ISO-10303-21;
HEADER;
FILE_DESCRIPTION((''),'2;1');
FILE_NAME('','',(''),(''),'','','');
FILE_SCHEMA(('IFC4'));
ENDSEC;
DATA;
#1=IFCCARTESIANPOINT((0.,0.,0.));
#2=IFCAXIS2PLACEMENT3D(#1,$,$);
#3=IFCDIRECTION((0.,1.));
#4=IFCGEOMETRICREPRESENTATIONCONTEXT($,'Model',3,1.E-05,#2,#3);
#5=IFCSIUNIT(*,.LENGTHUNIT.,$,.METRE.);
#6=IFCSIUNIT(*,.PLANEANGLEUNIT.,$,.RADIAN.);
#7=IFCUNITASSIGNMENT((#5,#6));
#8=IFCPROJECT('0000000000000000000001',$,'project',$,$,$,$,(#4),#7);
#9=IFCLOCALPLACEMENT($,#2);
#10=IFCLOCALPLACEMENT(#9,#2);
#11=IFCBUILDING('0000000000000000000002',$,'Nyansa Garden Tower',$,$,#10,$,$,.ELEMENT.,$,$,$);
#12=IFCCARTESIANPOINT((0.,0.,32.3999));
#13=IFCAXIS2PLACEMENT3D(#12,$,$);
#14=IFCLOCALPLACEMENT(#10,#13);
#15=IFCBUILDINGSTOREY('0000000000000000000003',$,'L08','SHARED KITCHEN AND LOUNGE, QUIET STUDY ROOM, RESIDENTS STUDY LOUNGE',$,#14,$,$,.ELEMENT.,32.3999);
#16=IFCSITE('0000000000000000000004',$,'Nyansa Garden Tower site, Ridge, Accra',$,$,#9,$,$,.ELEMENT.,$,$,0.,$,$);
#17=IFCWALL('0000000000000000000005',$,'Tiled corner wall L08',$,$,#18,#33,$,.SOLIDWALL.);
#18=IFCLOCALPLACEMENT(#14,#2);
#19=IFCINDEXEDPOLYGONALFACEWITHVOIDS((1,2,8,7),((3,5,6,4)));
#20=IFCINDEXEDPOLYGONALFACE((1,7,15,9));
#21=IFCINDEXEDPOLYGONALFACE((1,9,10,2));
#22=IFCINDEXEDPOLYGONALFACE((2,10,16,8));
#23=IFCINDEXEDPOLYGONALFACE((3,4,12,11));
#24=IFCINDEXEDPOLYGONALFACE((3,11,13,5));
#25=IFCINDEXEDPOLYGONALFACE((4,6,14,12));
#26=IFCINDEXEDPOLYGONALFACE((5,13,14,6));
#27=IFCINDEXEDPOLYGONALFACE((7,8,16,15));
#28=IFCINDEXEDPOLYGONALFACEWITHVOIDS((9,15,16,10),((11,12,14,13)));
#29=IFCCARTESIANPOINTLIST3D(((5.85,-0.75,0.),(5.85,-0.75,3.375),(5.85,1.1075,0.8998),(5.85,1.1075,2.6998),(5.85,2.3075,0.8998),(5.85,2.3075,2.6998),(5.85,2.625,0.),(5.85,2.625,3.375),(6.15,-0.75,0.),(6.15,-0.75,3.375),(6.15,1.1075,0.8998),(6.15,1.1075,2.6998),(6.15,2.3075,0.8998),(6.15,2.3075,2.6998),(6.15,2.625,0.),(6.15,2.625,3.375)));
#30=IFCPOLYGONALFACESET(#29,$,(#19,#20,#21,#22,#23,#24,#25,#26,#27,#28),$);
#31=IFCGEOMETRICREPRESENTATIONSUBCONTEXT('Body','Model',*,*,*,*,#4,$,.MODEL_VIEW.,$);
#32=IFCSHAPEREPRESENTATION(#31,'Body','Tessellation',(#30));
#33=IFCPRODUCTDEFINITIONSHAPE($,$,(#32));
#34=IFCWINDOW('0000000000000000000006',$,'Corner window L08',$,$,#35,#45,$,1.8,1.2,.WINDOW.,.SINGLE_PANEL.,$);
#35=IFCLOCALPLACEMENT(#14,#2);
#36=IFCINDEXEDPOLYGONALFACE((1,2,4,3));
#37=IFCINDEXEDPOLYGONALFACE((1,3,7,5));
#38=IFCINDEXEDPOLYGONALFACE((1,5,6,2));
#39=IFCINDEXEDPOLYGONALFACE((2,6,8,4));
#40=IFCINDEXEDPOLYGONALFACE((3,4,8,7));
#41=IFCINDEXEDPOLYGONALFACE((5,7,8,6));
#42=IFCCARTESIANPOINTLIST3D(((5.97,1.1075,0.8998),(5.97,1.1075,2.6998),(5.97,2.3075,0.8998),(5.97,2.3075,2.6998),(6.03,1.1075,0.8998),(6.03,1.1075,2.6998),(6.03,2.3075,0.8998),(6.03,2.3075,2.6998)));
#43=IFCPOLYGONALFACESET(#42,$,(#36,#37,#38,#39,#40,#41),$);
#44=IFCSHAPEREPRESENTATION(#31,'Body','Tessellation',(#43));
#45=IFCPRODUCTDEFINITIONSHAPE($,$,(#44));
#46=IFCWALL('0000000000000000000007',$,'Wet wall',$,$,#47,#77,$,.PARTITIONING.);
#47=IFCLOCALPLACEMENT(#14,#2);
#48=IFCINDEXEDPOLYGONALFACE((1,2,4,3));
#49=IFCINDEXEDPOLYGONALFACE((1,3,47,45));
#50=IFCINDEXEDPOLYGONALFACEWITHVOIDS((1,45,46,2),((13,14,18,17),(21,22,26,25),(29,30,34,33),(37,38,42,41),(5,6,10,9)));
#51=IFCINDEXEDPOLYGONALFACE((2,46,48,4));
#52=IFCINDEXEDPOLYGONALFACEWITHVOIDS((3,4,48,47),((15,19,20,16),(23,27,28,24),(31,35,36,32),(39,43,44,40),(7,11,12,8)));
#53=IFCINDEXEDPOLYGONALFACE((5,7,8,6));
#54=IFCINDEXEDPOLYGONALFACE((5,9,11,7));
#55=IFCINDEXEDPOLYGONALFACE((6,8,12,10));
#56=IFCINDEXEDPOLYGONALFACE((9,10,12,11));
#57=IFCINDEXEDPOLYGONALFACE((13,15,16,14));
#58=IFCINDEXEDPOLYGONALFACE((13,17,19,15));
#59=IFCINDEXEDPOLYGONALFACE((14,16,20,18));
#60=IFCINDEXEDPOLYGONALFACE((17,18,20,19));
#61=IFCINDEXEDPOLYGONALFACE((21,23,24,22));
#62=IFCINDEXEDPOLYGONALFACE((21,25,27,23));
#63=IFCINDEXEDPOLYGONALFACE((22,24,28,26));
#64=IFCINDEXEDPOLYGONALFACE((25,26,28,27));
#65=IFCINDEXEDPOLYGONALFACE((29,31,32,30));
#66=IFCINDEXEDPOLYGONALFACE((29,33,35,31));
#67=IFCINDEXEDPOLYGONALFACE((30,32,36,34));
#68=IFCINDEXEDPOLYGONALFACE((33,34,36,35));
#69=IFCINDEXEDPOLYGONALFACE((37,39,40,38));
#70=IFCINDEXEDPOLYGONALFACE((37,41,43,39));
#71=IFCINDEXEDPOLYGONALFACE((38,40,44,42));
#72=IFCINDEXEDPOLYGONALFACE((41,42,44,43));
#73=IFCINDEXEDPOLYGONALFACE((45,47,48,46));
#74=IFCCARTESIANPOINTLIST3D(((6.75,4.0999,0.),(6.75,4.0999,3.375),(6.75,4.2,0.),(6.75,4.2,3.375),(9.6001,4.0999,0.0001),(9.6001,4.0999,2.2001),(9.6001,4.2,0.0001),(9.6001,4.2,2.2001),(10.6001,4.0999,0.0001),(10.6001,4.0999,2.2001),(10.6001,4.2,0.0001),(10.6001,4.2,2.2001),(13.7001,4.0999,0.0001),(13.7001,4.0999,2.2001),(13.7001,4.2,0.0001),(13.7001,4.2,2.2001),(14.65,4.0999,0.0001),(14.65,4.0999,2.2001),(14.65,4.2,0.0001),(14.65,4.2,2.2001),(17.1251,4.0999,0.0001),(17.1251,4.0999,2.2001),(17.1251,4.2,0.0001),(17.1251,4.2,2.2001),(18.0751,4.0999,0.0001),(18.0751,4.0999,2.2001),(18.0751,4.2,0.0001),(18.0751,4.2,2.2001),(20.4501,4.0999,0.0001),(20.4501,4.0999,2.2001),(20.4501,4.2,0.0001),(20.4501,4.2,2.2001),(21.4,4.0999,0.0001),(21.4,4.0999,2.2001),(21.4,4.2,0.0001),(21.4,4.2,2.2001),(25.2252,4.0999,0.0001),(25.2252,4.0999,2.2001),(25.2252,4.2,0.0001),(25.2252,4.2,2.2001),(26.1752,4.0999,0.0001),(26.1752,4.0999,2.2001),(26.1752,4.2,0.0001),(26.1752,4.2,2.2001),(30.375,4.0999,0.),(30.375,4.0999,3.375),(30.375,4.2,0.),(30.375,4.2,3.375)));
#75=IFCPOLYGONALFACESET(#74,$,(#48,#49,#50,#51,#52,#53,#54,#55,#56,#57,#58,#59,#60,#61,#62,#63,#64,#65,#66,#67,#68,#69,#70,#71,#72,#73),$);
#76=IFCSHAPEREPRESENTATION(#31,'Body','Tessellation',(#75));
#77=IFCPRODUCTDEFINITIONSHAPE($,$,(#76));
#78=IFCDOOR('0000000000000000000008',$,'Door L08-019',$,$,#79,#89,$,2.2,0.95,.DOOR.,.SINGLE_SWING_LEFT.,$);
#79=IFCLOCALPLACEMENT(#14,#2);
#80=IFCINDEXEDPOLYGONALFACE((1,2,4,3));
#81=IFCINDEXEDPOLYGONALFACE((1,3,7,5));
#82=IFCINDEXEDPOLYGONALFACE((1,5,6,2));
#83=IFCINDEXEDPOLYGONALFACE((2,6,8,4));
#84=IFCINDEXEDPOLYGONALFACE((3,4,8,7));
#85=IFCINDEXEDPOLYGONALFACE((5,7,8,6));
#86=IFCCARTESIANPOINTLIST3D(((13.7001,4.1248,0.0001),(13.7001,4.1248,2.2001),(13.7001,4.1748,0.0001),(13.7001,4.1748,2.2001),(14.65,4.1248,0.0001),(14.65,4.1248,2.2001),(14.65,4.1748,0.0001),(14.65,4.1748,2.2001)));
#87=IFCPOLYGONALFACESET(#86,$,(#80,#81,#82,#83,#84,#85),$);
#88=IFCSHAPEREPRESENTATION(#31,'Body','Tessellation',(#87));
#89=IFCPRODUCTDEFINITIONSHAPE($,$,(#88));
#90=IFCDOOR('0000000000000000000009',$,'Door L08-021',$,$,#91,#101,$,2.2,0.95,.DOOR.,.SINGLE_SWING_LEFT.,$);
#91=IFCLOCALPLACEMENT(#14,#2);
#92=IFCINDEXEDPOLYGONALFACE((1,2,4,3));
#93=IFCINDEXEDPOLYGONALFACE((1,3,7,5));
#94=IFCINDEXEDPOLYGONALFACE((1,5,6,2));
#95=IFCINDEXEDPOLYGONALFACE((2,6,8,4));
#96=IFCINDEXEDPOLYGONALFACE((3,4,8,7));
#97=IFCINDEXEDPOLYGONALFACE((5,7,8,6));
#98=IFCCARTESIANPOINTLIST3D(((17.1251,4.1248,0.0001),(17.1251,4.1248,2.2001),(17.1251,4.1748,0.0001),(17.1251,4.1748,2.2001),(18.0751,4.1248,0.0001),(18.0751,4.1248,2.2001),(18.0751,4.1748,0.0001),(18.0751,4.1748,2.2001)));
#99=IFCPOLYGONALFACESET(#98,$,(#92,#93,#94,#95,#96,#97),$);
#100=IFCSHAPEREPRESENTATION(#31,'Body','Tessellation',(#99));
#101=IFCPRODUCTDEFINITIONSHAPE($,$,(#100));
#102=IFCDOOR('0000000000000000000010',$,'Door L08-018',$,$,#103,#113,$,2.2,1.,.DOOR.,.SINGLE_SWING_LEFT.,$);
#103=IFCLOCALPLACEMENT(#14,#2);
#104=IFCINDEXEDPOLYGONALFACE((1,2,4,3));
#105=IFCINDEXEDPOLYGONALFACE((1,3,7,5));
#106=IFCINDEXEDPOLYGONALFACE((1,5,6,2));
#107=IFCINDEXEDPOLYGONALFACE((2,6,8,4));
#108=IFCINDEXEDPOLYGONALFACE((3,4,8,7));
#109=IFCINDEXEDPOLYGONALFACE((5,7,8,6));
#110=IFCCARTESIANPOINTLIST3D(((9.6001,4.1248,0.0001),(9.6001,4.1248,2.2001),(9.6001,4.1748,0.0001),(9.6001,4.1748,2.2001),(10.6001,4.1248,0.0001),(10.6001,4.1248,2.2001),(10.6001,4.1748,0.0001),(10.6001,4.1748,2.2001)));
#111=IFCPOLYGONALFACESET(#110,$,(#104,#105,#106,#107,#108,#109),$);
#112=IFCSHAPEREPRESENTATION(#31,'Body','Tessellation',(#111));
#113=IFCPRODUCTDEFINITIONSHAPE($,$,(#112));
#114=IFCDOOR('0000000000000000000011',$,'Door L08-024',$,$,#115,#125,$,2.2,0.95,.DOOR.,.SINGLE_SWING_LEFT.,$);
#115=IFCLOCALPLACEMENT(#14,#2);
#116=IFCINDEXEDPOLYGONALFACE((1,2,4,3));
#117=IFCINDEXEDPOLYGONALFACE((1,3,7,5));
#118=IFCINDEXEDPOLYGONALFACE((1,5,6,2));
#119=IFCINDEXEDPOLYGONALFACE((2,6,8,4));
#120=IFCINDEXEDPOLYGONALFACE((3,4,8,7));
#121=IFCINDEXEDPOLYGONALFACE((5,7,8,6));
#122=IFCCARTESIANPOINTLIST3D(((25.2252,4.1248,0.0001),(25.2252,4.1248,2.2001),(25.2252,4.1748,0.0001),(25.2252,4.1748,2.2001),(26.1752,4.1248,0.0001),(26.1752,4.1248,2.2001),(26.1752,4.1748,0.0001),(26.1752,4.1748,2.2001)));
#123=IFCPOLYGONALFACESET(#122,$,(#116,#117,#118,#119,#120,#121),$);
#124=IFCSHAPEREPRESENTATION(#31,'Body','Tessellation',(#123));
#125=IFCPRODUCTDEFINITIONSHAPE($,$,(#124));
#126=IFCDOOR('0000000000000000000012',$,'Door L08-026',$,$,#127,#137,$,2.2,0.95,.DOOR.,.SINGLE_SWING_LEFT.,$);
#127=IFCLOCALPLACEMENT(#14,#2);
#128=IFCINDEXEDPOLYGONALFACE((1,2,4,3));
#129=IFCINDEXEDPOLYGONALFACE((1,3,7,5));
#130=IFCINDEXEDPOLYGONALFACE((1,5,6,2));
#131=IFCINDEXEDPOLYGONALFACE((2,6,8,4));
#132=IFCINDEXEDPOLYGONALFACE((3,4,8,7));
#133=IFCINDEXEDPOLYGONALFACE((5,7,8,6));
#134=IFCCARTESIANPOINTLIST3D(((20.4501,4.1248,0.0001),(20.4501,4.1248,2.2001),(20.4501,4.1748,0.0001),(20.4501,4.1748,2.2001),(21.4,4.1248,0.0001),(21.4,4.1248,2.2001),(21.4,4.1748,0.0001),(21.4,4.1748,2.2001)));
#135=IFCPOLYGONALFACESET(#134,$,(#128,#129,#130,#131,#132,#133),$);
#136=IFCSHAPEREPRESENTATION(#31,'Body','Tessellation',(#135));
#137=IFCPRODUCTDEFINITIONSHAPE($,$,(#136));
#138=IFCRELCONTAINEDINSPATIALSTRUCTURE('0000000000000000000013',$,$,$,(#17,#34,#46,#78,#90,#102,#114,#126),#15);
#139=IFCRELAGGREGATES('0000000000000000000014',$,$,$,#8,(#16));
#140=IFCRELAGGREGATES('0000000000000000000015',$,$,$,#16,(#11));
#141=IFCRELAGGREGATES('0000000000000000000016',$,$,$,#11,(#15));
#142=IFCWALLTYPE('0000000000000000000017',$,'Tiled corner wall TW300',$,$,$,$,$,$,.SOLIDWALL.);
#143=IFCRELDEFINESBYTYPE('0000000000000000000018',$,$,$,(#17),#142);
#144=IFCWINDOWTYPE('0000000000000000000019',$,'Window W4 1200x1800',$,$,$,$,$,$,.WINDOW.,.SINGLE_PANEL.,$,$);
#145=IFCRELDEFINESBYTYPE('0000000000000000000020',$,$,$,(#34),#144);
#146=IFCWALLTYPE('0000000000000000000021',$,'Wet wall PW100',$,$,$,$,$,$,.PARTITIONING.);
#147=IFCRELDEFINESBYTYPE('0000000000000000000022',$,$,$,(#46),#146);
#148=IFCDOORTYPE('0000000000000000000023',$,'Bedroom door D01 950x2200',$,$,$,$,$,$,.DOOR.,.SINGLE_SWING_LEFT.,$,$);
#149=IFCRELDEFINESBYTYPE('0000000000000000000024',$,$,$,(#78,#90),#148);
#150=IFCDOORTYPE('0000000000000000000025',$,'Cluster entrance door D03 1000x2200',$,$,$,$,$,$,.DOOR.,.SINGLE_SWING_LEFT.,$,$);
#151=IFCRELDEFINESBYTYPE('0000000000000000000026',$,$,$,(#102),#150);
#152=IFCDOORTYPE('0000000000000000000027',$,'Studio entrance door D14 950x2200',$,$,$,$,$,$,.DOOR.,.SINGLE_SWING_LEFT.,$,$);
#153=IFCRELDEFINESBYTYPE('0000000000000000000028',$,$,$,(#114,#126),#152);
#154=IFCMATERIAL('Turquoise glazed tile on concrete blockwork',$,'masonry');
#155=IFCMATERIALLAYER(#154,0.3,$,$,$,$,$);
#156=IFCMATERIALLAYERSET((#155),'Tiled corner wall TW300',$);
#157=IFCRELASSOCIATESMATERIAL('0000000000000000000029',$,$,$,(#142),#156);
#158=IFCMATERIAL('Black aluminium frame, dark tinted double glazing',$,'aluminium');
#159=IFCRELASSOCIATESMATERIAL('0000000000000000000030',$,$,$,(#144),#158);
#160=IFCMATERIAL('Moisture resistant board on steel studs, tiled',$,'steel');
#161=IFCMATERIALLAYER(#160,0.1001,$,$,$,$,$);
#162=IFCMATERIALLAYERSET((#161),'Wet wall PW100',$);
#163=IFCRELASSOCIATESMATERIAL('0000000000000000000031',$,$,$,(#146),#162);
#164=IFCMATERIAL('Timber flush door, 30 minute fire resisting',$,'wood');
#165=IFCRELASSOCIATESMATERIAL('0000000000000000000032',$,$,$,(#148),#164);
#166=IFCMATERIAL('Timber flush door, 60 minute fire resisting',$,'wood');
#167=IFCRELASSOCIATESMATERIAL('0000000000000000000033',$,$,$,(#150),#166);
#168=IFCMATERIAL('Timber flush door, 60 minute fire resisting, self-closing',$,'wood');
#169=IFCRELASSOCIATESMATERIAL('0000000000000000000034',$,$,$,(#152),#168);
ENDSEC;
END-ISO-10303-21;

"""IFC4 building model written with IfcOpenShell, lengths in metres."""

from ifc_helpers import new_model, si_unit, direction, frame, frame_2d, origin, place, context, subcontext, project, spatial, rectangle, extrude, material, layer, layer_set, type_object, element, fill, save


model = new_model("IFC4")

# Units and contexts
model_context = context("Model", 3, precision=1e-05, world=origin(), true_north=direction((0.0, 1.0)))
body_context = subcontext(model_context, "Body", "Model", "MODEL_VIEW")
ifc_project = project(units=[si_unit("LENGTHUNIT", "METRE"), si_unit("PLANEANGLEUNIT", "RADIAN")], contexts=[model_context])

# Site, building, storey
site_placement = place(None, origin())
site = spatial("IfcSite", under=ifc_project, at=site_placement, Name="Nyansa Garden Tower site, Ridge, Accra", CompositionType="ELEMENT", RefElevation=0.0)
building_placement = place(site_placement, origin())
building = spatial("IfcBuilding", under=site, at=building_placement, Name="Nyansa Garden Tower", CompositionType="ELEMENT")
storey_placement = place(building_placement, frame((0.0, 0.0, 32.3999)))
storey = spatial("IfcBuildingStorey", under=building, at=storey_placement, Name="L08", Description="SHARED KITCHEN AND LOUNGE, QUIET STUDY ROOM, RESIDENTS STUDY LOUNGE", CompositionType="ELEMENT", Elevation=32.3999)

# Wall, opening, window
ifc_material_1 = material(Name="Turquoise glazed tile on concrete blockwork", Category="masonry")
ifc_layer_1 = layer(ifc_material_1, 0.3)
ifc_layer_set_1 = layer_set([ifc_layer_1], Name="Tiled corner wall TW300")
wall_type_1 = type_object("IfcWallType", Name="Tiled corner wall TW300", PredefinedType="SOLIDWALL", material=ifc_layer_set_1)
wall_1_placement = place(storey_placement, frame((6.0, 2.625, 0.0), z_axis=(0.0, 0.0, 1.0), x_axis=(0.0, -1.0, 0.0)))
wall_1 = element("IfcWall", 1, at=wall_1_placement, inside=storey, type_object=wall_type_1, Name="Tiled corner wall L08", PredefinedType="SOLIDWALL", context=body_context, shape_type="SweptSolid", body=[
    extrude(rectangle(XDim=3.375, YDim=0.3, at=frame_2d((1.6875, 0.0))), origin(), (0.0, 0.0, 1.0), 3.375),
])
opening_1_placement = place(wall_1_placement, frame((0.3174, 0.0, 0.8999)))
opening_1 = element("IfcOpeningElement", 2, at=opening_1_placement, cuts=wall_1, PredefinedType="OPENING", context=body_context, shape_type="SweptSolid", body=[
    extrude(rectangle(XDim=1.2, YDim=1.8, at=frame_2d((0.6001, 0.8999))), frame((0.0, 0.1599, 0.0), z_axis=(0.0, -1.0, 0.0), x_axis=(1.0, 0.0, 0.0)), (0.0, 0.0, 1.0), 0.3201),
])
ifc_material_2 = material(Name="Black aluminium frame, dark tinted double glazing", Category="aluminium")
window_type_1 = type_object("IfcWindowType", Name="Window W4 1200x1800", PartitioningType="SINGLE_PANEL", PredefinedType="WINDOW", material=ifc_material_2)
window_1_placement = place(opening_1_placement, origin())
window_1 = element("IfcWindow", 3, at=window_1_placement, inside=storey, type_object=window_type_1, Name="Corner window L08", OverallHeight=1.8, OverallWidth=1.2, PartitioningType="SINGLE_PANEL", PredefinedType="WINDOW", context=body_context, shape_type="SweptSolid", body=[
    extrude(rectangle(XDim=1.2, YDim=1.8, at=frame_2d((0.6001, 0.8999))), frame((0.0, 0.03, 0.0), z_axis=(0.0, -1.0, 0.0), x_axis=(1.0, 0.0, 0.0)), (0.0, 0.0, 1.0), 0.0601),
])
fill(opening_1, window_1)

# Wall, openings, doors
ifc_material_3 = material(Name="Moisture resistant board on steel studs, tiled", Category="steel")
ifc_layer_2 = layer(ifc_material_3, 0.1001)
ifc_layer_set_2 = layer_set([ifc_layer_2], Name="Wet wall PW100")
wall_type_2 = type_object("IfcWallType", Name="Wet wall PW100", PredefinedType="PARTITIONING", material=ifc_layer_set_2)
wall_2_placement = place(storey_placement, frame((6.75, 4.1499, 0.0), z_axis=(0.0, 0.0, 1.0), x_axis=(1.0, 0.0, 0.0)))
wall_2 = element("IfcWall", 4, at=wall_2_placement, inside=storey, type_object=wall_type_2, Name="Wet wall", PredefinedType="PARTITIONING", context=body_context, shape_type="SweptSolid", body=[
    extrude(rectangle(XDim=23.625, YDim=0.1001, at=frame_2d((11.8125, 0.0))), origin(), (0.0, 0.0, 1.0), 3.375),
])
opening_2_placement = place(wall_2_placement, frame((2.8501, 0.0, 0.0)))
opening_2 = element("IfcOpeningElement", 5, at=opening_2_placement, cuts=wall_2, PredefinedType="OPENING", context=body_context, shape_type="SweptSolid", body=[
    extrude(rectangle(XDim=1.0, YDim=2.2, at=frame_2d((0.5, 1.1001))), frame((0.0, 0.0601, 0.0), z_axis=(0.0, -1.0, 0.0), x_axis=(1.0, 0.0, 0.0)), (0.0, 0.0, 1.0), 0.1201),
])
opening_3_placement = place(wall_2_placement, frame((6.95, 0.0, 0.0)))
opening_3 = element("IfcOpeningElement", 6, at=opening_3_placement, cuts=wall_2, PredefinedType="OPENING", context=body_context, shape_type="SweptSolid", body=[
    extrude(rectangle(XDim=0.95, YDim=2.2, at=frame_2d((0.4751, 1.1001))), frame((0.0, 0.0601, 0.0), z_axis=(0.0, -1.0, 0.0), x_axis=(1.0, 0.0, 0.0)), (0.0, 0.0, 1.0), 0.1201),
])
opening_4_placement = place(wall_2_placement, frame((10.375, 0.0, 0.0)))
opening_4 = element("IfcOpeningElement", 7, at=opening_4_placement, cuts=wall_2, PredefinedType="OPENING", context=body_context, shape_type="SweptSolid", body=[
    extrude(rectangle(XDim=0.95, YDim=2.2, at=frame_2d((0.4751, 1.1001))), frame((0.0, 0.0601, 0.0), z_axis=(0.0, -1.0, 0.0), x_axis=(1.0, 0.0, 0.0)), (0.0, 0.0, 1.0), 0.1201),
])
opening_5_placement = place(wall_2_placement, frame((18.4751, 0.0, 0.0)))
opening_5 = element("IfcOpeningElement", 8, at=opening_5_placement, cuts=wall_2, PredefinedType="OPENING", context=body_context, shape_type="SweptSolid", body=[
    extrude(rectangle(XDim=0.95, YDim=2.2, at=frame_2d((0.4751, 1.1001))), frame((0.0, 0.0601, 0.0), z_axis=(0.0, -1.0, 0.0), x_axis=(1.0, 0.0, 0.0)), (0.0, 0.0, 1.0), 0.1201),
])
opening_6_placement = place(wall_2_placement, frame((13.7, 0.0, 0.0)))
opening_6 = element("IfcOpeningElement", 9, at=opening_6_placement, cuts=wall_2, PredefinedType="OPENING", context=body_context, shape_type="SweptSolid", body=[
    extrude(rectangle(XDim=0.95, YDim=2.2, at=frame_2d((0.4751, 1.1001))), frame((0.0, 0.0601, 0.0), z_axis=(0.0, -1.0, 0.0), x_axis=(1.0, 0.0, 0.0)), (0.0, 0.0, 1.0), 0.1201),
])
ifc_material_4 = material(Name="Timber flush door, 30 minute fire resisting", Category="wood")
door_type_1 = type_object("IfcDoorType", Name="Bedroom door D01 950x2200", OperationType="SINGLE_SWING_LEFT", PredefinedType="DOOR", material=ifc_material_4)
door_1_placement = place(opening_3_placement, origin())
door_1 = element("IfcDoor", 10, at=door_1_placement, inside=storey, type_object=door_type_1, Name="Door L08-019", OperationType="SINGLE_SWING_LEFT", OverallHeight=2.2, OverallWidth=0.95, PredefinedType="DOOR", context=body_context, shape_type="SweptSolid", body=[
    extrude(rectangle(XDim=0.95, YDim=2.2, at=frame_2d((0.4751, 1.1001))), frame((0.0, 0.0249, 0.0), z_axis=(0.0, -1.0, 0.0), x_axis=(1.0, 0.0, 0.0)), (0.0, 0.0, 1.0), 0.05),
])
fill(opening_3, door_1)
door_2_placement = place(opening_4_placement, origin())
door_2 = element("IfcDoor", 11, at=door_2_placement, inside=storey, type_object=door_type_1, Name="Door L08-021", OperationType="SINGLE_SWING_LEFT", OverallHeight=2.2, OverallWidth=0.95, PredefinedType="DOOR", context=body_context, shape_type="SweptSolid", body=[
    extrude(rectangle(XDim=0.95, YDim=2.2, at=frame_2d((0.4751, 1.1001))), frame((0.0, 0.0249, 0.0), z_axis=(0.0, -1.0, 0.0), x_axis=(1.0, 0.0, 0.0)), (0.0, 0.0, 1.0), 0.05),
])
fill(opening_4, door_2)
ifc_material_5 = material(Name="Timber flush door, 60 minute fire resisting", Category="wood")
door_type_2 = type_object("IfcDoorType", Name="Cluster entrance door D03 1000x2200", OperationType="SINGLE_SWING_LEFT", PredefinedType="DOOR", material=ifc_material_5)
door_3_placement = place(opening_2_placement, origin())
door_3 = element("IfcDoor", 12, at=door_3_placement, inside=storey, type_object=door_type_2, Name="Door L08-018", OperationType="SINGLE_SWING_LEFT", OverallHeight=2.2, OverallWidth=1.0, PredefinedType="DOOR", context=body_context, shape_type="SweptSolid", body=[
    extrude(rectangle(XDim=1.0, YDim=2.2, at=frame_2d((0.5, 1.1001))), frame((0.0, 0.0249, 0.0), z_axis=(0.0, -1.0, 0.0), x_axis=(1.0, 0.0, 0.0)), (0.0, 0.0, 1.0), 0.05),
])
fill(opening_2, door_3)
ifc_material_6 = material(Name="Timber flush door, 60 minute fire resisting, self-closing", Category="wood")
door_type_3 = type_object("IfcDoorType", Name="Studio entrance door D14 950x2200", OperationType="SINGLE_SWING_LEFT", PredefinedType="DOOR", material=ifc_material_6)
door_4_placement = place(opening_5_placement, origin())
door_4 = element("IfcDoor", 13, at=door_4_placement, inside=storey, type_object=door_type_3, Name="Door L08-024", OperationType="SINGLE_SWING_LEFT", OverallHeight=2.2, OverallWidth=0.95, PredefinedType="DOOR", context=body_context, shape_type="SweptSolid", body=[
    extrude(rectangle(XDim=0.95, YDim=2.2, at=frame_2d((0.4751, 1.1001))), frame((0.0, 0.0249, 0.0), z_axis=(0.0, -1.0, 0.0), x_axis=(1.0, 0.0, 0.0)), (0.0, 0.0, 1.0), 0.05),
])
fill(opening_5, door_4)
door_5_placement = place(opening_6_placement, origin())
door_5 = element("IfcDoor", 14, at=door_5_placement, inside=storey, type_object=door_type_3, Name="Door L08-026", OperationType="SINGLE_SWING_LEFT", OverallHeight=2.2, OverallWidth=0.95, PredefinedType="DOOR", context=body_context, shape_type="SweptSolid", body=[
    extrude(rectangle(XDim=0.95, YDim=2.2, at=frame_2d((0.4751, 1.1001))), frame((0.0, 0.0249, 0.0), z_axis=(0.0, -1.0, 0.0), x_axis=(1.0, 0.0, 0.0)), (0.0, 0.0, 1.0), 0.05),
])
fill(opening_6, door_5)

save(model, "model.ifc")
